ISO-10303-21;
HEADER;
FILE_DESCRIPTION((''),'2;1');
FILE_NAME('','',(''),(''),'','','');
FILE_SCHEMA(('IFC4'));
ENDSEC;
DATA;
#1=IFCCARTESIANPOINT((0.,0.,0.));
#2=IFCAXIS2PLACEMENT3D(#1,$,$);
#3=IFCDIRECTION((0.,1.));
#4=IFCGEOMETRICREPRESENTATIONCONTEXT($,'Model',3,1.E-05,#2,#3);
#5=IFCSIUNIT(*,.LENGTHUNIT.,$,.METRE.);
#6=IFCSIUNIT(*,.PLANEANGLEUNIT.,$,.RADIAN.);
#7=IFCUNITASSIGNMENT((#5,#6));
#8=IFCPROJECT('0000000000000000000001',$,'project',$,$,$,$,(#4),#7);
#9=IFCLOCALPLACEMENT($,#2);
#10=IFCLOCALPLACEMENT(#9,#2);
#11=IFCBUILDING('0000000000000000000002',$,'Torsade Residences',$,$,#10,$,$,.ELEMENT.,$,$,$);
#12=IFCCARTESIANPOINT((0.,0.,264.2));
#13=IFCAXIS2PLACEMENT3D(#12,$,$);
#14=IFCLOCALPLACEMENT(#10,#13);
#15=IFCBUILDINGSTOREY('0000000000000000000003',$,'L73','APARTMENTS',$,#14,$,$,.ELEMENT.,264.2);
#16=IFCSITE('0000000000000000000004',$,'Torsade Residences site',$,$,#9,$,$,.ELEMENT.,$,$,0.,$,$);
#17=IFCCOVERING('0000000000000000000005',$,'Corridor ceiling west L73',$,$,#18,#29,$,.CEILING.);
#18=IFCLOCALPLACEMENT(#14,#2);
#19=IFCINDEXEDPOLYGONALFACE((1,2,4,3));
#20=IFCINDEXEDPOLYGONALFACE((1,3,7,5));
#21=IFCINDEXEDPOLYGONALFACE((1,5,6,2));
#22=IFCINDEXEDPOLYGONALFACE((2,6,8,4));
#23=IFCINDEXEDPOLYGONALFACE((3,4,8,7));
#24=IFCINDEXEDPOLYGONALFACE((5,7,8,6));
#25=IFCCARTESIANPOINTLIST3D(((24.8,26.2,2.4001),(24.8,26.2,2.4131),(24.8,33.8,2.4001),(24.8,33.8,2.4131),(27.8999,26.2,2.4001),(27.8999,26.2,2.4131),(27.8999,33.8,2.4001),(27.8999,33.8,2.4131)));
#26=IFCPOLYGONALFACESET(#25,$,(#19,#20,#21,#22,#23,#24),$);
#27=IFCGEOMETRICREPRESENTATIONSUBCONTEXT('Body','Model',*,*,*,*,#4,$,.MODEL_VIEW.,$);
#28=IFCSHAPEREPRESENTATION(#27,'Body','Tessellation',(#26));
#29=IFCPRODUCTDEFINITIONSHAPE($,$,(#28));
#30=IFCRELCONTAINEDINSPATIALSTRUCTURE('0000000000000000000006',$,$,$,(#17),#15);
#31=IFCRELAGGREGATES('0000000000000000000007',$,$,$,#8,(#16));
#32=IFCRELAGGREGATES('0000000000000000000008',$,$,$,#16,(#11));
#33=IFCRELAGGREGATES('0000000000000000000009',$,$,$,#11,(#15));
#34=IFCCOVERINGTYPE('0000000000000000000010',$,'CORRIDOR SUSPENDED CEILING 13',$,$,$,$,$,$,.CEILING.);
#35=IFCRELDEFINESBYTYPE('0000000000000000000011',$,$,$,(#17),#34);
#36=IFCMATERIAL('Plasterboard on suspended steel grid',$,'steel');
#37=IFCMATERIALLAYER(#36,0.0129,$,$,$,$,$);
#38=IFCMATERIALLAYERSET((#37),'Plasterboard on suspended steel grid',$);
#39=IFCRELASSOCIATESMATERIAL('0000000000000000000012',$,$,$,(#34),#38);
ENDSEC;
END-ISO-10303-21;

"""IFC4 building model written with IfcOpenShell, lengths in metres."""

from ifc_helpers import new_model, si_unit, direction, frame, origin, place, context, subcontext, project, spatial, polyline, outline, extrude, material, layer, layer_set, type_object, element, save


model = new_model("IFC4")

# Units and contexts
model_context = context("Model", 3, precision=1e-05, world=origin(), true_north=direction((0.0, 1.0)))
body_context = subcontext(model_context, "Body", "Model", "MODEL_VIEW")
ifc_project = project(units=[si_unit("LENGTHUNIT", "METRE"), si_unit("PLANEANGLEUNIT", "RADIAN")], contexts=[model_context])

# Site, building, storey
site_placement = place(None, origin())
site = spatial("IfcSite", under=ifc_project, at=site_placement, Name="Torsade Residences site", CompositionType="ELEMENT", RefElevation=0.0)
building_placement = place(site_placement, origin())
building = spatial("IfcBuilding", under=site, at=building_placement, Name="Torsade Residences", CompositionType="ELEMENT")
storey_placement = place(building_placement, frame((0.0, 0.0, 264.2)))
storey = spatial("IfcBuildingStorey", under=building, at=storey_placement, Name="L73", Description="APARTMENTS", CompositionType="ELEMENT", Elevation=264.2)

# Covering
ifc_material_1 = material(Name="Plasterboard on suspended steel grid", Category="steel")
ifc_layer_1 = layer(ifc_material_1, 0.0129)
ifc_layer_set_1 = layer_set([ifc_layer_1], Name="Plasterboard on suspended steel grid")
covering_type_1 = type_object("IfcCoveringType", Name="CORRIDOR SUSPENDED CEILING 13", PredefinedType="CEILING", material=ifc_layer_set_1)
covering_1_placement = place(storey_placement, frame((0.0, 0.0, 2.4001)))
element("IfcCovering", 1, at=covering_1_placement, inside=storey, type_object=covering_type_1, Name="Corridor ceiling west L73", PredefinedType="CEILING", context=body_context, shape_type="SweptSolid", body=[
    extrude(outline(polyline([(27.8999, 26.2), (27.8999, 33.8), (24.8, 33.8), (24.8, 26.2), (27.8999, 26.2)])), origin(), (0.0, 0.0, 1.0), 0.0129),
])

save(model, "model.ifc")
